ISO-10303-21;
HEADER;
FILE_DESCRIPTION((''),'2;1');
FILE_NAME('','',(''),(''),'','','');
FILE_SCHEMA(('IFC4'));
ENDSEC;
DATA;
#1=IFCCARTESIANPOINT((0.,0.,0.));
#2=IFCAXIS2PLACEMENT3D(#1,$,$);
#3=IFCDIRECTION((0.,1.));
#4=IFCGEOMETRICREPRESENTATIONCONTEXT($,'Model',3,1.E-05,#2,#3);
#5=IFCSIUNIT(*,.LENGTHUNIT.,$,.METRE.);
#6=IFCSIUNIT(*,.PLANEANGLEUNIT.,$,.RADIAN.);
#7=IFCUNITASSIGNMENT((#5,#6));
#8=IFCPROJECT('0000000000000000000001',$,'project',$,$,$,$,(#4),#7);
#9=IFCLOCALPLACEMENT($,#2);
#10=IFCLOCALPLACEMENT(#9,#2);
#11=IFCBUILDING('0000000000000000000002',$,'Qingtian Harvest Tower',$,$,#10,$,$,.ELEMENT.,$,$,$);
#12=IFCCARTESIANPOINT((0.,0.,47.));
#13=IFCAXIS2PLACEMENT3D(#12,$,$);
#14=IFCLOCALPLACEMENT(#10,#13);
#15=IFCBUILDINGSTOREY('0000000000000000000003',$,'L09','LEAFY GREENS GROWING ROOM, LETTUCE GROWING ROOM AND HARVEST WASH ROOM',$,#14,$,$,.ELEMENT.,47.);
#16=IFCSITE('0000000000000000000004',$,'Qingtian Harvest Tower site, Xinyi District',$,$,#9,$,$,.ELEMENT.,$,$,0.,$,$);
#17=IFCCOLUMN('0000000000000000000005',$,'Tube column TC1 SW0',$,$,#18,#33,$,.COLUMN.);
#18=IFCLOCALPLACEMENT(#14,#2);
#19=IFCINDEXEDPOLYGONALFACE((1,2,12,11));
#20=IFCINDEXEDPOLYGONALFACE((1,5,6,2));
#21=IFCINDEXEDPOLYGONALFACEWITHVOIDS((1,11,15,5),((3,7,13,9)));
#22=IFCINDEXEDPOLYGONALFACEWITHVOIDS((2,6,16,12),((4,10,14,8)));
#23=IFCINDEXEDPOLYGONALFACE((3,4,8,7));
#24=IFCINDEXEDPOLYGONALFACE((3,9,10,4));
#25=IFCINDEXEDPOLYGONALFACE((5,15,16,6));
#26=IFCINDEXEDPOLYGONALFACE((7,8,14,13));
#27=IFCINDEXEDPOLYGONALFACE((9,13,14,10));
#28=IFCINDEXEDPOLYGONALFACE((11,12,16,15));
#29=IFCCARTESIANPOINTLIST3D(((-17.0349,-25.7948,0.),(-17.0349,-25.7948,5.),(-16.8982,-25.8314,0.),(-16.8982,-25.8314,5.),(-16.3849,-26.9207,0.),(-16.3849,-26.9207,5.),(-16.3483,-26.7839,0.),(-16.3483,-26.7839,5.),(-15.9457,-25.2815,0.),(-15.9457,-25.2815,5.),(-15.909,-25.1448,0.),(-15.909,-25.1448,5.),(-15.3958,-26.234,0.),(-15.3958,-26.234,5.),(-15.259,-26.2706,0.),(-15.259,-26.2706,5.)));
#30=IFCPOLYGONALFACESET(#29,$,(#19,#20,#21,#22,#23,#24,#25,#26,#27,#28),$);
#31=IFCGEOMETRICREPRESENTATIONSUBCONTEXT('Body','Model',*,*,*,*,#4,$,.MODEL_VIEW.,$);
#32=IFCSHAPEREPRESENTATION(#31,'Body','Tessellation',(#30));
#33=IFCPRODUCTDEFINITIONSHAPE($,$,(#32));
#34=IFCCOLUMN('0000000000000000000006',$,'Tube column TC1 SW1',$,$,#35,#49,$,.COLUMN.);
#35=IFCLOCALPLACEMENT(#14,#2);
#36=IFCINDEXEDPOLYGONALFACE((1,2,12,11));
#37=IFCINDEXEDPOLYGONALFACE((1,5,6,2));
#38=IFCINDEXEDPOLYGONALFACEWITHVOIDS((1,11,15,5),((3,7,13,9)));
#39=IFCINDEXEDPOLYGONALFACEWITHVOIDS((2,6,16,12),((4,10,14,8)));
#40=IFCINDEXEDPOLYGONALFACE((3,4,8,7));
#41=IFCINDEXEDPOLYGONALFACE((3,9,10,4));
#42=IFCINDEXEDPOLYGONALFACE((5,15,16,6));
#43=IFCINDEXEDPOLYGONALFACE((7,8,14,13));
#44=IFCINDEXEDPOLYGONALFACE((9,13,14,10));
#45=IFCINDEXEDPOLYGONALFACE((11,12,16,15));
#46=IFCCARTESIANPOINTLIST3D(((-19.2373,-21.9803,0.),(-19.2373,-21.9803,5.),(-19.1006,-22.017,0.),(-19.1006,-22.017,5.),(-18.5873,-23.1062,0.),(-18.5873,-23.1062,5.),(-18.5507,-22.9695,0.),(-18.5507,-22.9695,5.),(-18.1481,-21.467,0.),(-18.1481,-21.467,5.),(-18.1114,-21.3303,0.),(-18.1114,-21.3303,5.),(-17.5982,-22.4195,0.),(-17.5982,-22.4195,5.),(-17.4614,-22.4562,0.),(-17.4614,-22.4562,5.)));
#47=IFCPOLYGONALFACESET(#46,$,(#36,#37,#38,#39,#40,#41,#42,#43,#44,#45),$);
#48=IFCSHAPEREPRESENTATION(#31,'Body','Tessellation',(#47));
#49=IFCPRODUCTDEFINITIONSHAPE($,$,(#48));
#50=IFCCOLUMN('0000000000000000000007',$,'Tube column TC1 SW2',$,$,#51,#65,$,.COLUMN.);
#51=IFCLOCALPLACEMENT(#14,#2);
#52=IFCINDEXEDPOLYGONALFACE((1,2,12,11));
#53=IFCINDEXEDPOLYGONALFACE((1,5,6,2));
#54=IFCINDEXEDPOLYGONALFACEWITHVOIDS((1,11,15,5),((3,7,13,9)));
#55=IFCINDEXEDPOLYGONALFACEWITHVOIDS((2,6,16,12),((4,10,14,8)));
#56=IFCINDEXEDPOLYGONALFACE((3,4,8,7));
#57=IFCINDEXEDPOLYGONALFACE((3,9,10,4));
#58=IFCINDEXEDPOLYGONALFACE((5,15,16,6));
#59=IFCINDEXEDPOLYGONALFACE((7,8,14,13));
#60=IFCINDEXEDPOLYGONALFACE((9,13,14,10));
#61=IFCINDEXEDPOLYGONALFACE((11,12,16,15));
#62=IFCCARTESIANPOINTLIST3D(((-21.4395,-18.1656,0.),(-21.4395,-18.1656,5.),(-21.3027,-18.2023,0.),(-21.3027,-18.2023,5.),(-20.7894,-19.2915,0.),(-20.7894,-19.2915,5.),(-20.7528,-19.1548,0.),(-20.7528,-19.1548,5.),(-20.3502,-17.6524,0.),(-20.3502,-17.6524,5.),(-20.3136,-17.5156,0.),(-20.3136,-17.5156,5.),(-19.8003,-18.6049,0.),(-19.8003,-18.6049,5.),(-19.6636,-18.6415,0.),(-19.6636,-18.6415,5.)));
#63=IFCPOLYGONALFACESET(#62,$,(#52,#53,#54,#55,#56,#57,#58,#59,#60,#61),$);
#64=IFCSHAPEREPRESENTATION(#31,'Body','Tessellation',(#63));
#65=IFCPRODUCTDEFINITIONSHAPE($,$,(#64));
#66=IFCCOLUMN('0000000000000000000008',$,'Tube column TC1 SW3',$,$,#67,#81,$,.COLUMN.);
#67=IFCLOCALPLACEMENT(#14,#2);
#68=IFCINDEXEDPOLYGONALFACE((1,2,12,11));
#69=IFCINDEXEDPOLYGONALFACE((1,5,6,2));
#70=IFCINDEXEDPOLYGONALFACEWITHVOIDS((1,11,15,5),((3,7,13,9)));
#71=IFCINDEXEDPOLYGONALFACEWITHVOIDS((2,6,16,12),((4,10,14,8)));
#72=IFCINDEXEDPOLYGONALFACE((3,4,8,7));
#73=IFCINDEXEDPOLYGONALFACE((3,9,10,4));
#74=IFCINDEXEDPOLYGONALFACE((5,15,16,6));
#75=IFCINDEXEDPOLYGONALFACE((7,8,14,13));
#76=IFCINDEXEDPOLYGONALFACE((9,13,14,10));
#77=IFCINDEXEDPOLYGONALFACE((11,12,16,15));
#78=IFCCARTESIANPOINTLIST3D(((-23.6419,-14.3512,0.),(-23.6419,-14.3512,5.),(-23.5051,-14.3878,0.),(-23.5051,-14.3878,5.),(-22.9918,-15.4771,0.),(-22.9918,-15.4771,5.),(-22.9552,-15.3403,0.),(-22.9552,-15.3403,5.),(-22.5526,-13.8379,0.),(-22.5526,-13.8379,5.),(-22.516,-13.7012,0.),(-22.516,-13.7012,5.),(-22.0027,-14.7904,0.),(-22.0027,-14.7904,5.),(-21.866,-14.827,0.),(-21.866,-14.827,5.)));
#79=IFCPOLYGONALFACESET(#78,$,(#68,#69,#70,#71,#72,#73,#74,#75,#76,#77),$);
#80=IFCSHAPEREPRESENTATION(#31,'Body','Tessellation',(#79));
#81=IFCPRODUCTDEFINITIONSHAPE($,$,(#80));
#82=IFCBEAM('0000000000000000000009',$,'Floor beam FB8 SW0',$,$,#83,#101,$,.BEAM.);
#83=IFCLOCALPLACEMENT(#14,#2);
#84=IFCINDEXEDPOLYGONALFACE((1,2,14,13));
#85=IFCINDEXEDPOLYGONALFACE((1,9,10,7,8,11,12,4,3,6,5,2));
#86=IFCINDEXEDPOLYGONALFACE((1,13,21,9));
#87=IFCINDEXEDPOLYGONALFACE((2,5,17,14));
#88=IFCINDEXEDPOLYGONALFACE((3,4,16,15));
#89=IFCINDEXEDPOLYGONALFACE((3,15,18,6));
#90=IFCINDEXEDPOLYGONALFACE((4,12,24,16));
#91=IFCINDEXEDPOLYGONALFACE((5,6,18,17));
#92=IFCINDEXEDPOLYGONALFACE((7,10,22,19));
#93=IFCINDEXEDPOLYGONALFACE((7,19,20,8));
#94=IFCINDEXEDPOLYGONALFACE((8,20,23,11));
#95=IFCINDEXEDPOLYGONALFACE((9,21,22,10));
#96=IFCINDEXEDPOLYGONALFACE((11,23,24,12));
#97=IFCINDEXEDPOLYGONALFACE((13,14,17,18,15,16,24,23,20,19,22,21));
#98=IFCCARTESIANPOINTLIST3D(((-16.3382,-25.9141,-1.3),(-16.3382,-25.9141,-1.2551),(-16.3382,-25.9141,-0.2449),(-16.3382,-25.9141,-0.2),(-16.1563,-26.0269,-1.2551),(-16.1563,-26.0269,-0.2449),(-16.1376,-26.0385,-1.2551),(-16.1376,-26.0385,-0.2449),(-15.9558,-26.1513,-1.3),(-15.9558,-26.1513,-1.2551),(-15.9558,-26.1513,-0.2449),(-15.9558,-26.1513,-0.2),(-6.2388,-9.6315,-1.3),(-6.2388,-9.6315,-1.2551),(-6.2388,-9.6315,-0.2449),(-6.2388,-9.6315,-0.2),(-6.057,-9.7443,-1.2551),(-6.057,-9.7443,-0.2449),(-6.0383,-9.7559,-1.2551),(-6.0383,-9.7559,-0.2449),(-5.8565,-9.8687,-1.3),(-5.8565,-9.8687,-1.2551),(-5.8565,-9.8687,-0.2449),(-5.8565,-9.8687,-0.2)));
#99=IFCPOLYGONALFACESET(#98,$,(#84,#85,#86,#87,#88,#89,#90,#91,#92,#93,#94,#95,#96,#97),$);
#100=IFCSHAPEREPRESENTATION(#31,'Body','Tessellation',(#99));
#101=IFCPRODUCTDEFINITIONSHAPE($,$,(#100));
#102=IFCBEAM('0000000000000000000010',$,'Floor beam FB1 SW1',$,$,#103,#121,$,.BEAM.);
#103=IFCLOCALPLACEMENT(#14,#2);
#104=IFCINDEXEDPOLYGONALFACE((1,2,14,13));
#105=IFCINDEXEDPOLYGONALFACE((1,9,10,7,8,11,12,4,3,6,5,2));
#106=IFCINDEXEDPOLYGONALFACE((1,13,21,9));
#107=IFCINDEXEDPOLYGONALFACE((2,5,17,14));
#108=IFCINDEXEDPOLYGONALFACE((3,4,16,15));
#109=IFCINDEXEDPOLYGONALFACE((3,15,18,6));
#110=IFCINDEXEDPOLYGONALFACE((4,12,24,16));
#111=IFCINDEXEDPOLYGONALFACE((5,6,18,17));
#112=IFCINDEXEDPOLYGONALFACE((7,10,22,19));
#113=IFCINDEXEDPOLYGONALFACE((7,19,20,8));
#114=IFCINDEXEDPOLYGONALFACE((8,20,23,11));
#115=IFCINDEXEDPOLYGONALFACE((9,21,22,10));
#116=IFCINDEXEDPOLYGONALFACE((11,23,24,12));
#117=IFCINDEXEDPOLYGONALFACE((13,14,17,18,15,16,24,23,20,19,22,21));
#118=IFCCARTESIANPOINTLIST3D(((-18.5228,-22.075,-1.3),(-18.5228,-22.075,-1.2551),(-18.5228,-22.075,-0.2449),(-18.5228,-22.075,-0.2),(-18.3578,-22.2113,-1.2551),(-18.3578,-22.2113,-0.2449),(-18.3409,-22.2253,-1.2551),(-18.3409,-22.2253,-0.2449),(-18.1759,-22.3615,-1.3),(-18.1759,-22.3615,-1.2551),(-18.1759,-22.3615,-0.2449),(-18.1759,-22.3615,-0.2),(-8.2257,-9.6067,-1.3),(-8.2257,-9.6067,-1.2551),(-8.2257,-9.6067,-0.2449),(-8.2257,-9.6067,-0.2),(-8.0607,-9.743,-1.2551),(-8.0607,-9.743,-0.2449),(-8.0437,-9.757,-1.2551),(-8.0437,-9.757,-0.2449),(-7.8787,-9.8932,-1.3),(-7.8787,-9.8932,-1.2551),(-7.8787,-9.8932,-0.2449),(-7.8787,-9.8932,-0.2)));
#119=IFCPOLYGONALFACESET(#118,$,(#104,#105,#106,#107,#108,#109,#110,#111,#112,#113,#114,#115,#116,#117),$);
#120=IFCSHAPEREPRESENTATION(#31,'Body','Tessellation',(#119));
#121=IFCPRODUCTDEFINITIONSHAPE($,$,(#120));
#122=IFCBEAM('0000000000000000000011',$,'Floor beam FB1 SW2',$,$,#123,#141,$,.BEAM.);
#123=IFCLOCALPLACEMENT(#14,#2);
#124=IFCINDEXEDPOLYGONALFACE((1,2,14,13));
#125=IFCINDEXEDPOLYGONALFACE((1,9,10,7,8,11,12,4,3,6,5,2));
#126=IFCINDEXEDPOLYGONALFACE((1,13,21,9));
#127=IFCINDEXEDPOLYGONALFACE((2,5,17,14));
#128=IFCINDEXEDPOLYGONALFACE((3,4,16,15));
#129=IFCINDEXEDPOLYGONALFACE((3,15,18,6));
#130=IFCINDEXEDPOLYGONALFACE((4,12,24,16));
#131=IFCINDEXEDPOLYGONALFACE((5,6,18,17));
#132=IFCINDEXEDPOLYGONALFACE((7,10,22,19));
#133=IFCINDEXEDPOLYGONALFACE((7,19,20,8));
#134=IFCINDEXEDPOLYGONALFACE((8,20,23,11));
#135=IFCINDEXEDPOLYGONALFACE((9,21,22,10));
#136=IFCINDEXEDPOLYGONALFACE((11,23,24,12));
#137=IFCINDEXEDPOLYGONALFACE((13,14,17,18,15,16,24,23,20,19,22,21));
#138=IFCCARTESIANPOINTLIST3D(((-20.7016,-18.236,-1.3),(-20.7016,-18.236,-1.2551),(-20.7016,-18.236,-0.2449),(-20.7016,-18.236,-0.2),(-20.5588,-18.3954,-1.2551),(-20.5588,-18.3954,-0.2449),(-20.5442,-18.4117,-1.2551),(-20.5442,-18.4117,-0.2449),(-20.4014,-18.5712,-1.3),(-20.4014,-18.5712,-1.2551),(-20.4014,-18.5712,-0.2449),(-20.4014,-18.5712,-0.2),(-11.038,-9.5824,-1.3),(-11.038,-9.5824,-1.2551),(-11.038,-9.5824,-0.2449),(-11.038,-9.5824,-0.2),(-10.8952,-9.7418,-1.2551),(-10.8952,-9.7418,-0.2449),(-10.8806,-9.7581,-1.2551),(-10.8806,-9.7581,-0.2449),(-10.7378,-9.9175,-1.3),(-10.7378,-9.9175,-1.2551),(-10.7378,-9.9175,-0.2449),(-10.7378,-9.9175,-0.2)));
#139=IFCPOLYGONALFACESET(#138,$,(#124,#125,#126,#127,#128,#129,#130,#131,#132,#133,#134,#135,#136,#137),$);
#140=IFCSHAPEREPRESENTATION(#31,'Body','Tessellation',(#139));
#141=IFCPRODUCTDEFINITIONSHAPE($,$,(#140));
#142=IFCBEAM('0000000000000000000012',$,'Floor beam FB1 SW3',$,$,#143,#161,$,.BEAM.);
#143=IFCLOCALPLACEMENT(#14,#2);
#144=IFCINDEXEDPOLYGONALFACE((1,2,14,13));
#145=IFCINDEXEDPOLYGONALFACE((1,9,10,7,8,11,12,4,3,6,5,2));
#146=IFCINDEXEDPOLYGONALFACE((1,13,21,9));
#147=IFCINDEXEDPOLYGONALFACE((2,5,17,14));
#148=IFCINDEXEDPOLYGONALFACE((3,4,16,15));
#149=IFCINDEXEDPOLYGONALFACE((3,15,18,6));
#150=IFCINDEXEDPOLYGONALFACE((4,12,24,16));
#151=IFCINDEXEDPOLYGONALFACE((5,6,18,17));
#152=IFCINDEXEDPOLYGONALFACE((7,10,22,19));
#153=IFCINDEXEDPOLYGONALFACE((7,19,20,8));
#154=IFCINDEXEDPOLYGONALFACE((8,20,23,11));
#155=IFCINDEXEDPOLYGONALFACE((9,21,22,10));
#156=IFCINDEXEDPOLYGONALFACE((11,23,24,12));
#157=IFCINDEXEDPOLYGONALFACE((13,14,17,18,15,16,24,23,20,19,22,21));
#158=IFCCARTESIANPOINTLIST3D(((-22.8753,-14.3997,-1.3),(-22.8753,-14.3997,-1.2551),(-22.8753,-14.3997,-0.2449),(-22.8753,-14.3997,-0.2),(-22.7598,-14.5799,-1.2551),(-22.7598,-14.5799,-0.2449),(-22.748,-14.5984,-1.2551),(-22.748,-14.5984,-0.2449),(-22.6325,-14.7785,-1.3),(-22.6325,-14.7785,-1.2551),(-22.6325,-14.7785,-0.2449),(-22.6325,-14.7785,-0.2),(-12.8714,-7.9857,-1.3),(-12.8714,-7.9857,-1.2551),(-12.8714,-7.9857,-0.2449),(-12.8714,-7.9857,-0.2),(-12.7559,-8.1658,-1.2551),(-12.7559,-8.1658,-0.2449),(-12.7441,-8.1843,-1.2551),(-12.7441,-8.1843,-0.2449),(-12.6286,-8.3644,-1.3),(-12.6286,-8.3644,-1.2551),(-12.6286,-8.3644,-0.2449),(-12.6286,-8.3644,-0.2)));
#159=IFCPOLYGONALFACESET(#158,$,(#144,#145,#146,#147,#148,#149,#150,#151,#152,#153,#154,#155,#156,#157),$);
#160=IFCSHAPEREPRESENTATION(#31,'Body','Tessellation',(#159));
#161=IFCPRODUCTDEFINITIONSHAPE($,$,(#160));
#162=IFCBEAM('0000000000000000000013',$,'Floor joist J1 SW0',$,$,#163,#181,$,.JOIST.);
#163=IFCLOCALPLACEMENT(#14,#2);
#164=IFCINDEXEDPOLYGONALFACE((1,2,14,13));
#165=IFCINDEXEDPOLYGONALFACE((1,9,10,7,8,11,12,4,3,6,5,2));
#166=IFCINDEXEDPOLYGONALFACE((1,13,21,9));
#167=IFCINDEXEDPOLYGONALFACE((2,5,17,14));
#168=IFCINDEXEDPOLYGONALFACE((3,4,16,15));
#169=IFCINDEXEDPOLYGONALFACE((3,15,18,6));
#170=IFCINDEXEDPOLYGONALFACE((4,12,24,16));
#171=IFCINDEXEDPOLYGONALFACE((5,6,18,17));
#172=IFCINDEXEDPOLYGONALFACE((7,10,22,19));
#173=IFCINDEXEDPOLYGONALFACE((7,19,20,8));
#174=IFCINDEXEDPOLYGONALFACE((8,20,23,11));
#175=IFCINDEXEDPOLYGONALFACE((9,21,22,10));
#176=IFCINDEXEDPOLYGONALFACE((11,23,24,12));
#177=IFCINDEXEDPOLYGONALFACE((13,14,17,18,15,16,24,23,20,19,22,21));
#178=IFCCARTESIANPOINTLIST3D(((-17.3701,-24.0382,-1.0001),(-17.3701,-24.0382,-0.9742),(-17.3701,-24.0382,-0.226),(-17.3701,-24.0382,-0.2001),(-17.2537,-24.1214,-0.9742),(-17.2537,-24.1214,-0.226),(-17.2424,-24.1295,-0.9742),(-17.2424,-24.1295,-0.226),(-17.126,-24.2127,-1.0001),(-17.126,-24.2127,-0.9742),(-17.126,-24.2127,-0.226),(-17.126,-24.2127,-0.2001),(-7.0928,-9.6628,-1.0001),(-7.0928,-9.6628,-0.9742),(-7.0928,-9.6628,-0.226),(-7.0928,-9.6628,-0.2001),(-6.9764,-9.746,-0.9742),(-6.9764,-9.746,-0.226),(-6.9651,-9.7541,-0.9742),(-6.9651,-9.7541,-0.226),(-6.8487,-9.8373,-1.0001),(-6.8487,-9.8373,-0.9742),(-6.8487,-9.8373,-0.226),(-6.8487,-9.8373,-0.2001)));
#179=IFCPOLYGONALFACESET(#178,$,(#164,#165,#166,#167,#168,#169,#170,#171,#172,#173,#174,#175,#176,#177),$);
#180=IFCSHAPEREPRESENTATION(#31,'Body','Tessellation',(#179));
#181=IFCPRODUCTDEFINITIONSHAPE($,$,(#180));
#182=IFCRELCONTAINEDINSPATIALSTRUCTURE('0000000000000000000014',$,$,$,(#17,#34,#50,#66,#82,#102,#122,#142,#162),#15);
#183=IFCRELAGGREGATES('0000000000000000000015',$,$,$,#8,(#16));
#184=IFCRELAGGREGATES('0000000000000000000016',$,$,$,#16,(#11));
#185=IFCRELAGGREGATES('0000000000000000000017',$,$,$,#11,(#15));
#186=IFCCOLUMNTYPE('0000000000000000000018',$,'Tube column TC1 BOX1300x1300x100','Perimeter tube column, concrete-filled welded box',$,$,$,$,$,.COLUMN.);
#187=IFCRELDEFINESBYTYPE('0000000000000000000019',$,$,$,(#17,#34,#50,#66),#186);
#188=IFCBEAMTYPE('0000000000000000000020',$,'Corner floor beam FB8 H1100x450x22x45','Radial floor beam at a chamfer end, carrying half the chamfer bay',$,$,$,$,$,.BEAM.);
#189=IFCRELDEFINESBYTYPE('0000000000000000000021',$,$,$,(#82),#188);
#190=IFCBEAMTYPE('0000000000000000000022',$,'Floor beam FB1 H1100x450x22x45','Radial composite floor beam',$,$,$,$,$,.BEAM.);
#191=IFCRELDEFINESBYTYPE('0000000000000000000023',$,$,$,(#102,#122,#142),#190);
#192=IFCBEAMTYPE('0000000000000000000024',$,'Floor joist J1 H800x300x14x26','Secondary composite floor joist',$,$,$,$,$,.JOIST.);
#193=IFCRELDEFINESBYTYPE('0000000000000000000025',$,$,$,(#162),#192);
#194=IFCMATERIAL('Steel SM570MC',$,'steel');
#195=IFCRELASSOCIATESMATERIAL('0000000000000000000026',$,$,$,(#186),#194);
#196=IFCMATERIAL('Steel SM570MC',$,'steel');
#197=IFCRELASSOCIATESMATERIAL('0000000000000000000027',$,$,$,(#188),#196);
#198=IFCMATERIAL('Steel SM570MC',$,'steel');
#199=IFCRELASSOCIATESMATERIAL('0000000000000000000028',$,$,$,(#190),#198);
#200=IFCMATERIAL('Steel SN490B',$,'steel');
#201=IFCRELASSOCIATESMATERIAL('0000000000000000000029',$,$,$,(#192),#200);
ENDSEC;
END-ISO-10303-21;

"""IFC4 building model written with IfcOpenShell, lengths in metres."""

from ifc_helpers import new_model, si_unit, direction, frame, origin, origin_2d, place, context, subcontext, project, spatial, hollow_rectangle, i_section, extrude, material, material_profile, profile_set, type_object, element, save


model = new_model("IFC4")

# Units and contexts
model_context = context("Model", 3, precision=1e-05, world=origin(), true_north=direction((0.0, 1.0)))
body_context = subcontext(model_context, "Body", "Model", "MODEL_VIEW")
ifc_project = project(units=[si_unit("LENGTHUNIT", "METRE"), si_unit("PLANEANGLEUNIT", "RADIAN")], contexts=[model_context])

# Site, building, storey
site_placement = place(None, origin())
site = spatial("IfcSite", under=ifc_project, at=site_placement, Name="Qingtian Harvest Tower site, Xinyi District", CompositionType="ELEMENT", RefElevation=0.0)
building_placement = place(site_placement, origin())
building = spatial("IfcBuilding", under=site, at=building_placement, Name="Qingtian Harvest Tower", CompositionType="ELEMENT")
storey_placement = place(building_placement, frame((0.0, 0.0, 47.0)))
storey = spatial("IfcBuildingStorey", under=building, at=storey_placement, Name="L09", Description="LEAFY GREENS GROWING ROOM, LETTUCE GROWING ROOM AND HARVEST WASH ROOM", CompositionType="ELEMENT", Elevation=47.0)

# Columns
ifc_material_1 = material(Name="Steel SM570MC", Category="steel")
ifc_material_profile_1 = material_profile(ifc_material_1, hollow_rectangle(XDim=1.3, YDim=1.3, WallThickness=0.1001, at=origin_2d()), Name="BOX1300x1300x100")
ifc_profile_set_1 = profile_set([ifc_material_profile_1], Name="Steel SM570MC")
column_type = type_object("IfcColumnType", Name="Tube column TC1 BOX1300x1300x100", Description="Perimeter tube column, concrete-filled welded box", PredefinedType="COLUMN", material=ifc_profile_set_1)
for number, where, z_axis, x_axis, name in (
    (1, (-16.147, -26.0327, 0.0), (0.0, 0.0, 1.0), (0.5, -0.866025, 0.0), "Tube column TC1 SW0"),
    (2, (-18.3494, -22.2183, 0.0), (0.0, 0.0, 1.0), (0.5, -0.866025, 0.0), "Tube column TC1 SW1"),
    (3, (-20.5515, -18.4036, 0.0), (0.0, 0.0, 1.0), (0.5, -0.866025, 0.0), "Tube column TC1 SW2"),
    (4, (-22.7539, -14.5891, 0.0), (0.0, 0.0, 1.0), (0.5, -0.866025, 0.0), "Tube column TC1 SW3"),
):
    element("IfcColumn", number, at=place(storey_placement, frame(where, z_axis=z_axis, x_axis=x_axis)), inside=storey, type_object=column_type, Name=name, PredefinedType="COLUMN", context=body_context, shape_type="SweptSolid", body=[
        extrude(hollow_rectangle(XDim=1.3, YDim=1.3, WallThickness=0.1001, at=origin_2d()), origin(), (0.0, 0.0, 1.0), 5.0),
    ])

# Beams
ifc_material_2 = material(Name="Steel SM570MC", Category="steel")
ifc_material_profile_2 = material_profile(ifc_material_2, i_section(OverallWidth=0.45, OverallDepth=1.1001, WebThickness=0.022, FlangeThickness=0.0449, at=origin_2d()), Name="H1100x450x22x45")
ifc_profile_set_2 = profile_set([ifc_material_profile_2], Name="Steel SM570MC")
beam_type_1 = type_object("IfcBeamType", Name="Corner floor beam FB8 H1100x450x22x45", Description="Radial floor beam at a chamfer end, carrying half the chamfer bay", PredefinedType="BEAM", material=ifc_profile_set_2)
beam_1_placement = place(storey_placement, frame((-16.147, -26.0327, -0.75), z_axis=(0.527094, 0.849807, 0.0), x_axis=(-0.849807, 0.527094, 0.0)))
element("IfcBeam", 5, at=beam_1_placement, inside=storey, type_object=beam_type_1, Name="Floor beam FB8 SW0", PredefinedType="BEAM", context=body_context, shape_type="SweptSolid", body=[
    extrude(i_section(OverallWidth=0.45, OverallDepth=1.1001, WebThickness=0.022, FlangeThickness=0.0449, at=origin_2d()), origin(), (0.0, 0.0, 1.0), 19.1604),
])
ifc_material_3 = material(Name="Steel SM570MC", Category="steel")
ifc_material_profile_3 = material_profile(ifc_material_3, i_section(OverallWidth=0.45, OverallDepth=1.1001, WebThickness=0.022, FlangeThickness=0.0449, at=origin_2d()), Name="H1100x450x22x45")
ifc_profile_set_3 = profile_set([ifc_material_profile_3], Name="Steel SM570MC")
beam_type_2 = type_object("IfcBeamType", Name="Floor beam FB1 H1100x450x22x45", Description="Radial composite floor beam", PredefinedType="BEAM", material=ifc_profile_set_3)
beam_2_placement = place(storey_placement, frame((-18.3494, -22.2183, -0.75), z_axis=(0.63678, 0.771045, 0.0), x_axis=(-0.771045, 0.63678, 0.0)))
element("IfcBeam", 6, at=beam_2_placement, inside=storey, type_object=beam_type_2, Name="Floor beam FB1 SW1", PredefinedType="BEAM", context=body_context, shape_type="SweptSolid", body=[
    extrude(i_section(OverallWidth=0.45, OverallDepth=1.1001, WebThickness=0.022, FlangeThickness=0.0449, at=origin_2d()), origin(), (0.0, 0.0, 1.0), 16.1707),
])
beam_3_placement = place(storey_placement, frame((-20.5515, -18.4036, -0.75), z_axis=(0.744965, 0.667103, 0.0), x_axis=(-0.667103, 0.744965, 0.0)))
element("IfcBeam", 7, at=beam_3_placement, inside=storey, type_object=beam_type_2, Name="Floor beam FB1 SW2", PredefinedType="BEAM", context=body_context, shape_type="SweptSolid", body=[
    extrude(i_section(OverallWidth=0.45, OverallDepth=1.1001, WebThickness=0.022, FlangeThickness=0.0449, at=origin_2d()), origin(), (0.0, 0.0, 1.0), 12.9719),
])
beam_4_placement = place(storey_placement, frame((-22.7539, -14.5891, -0.75), z_axis=(0.841829, 0.539744, 0.0), x_axis=(-0.539744, 0.841829, 0.0)))
element("IfcBeam", 8, at=beam_4_placement, inside=storey, type_object=beam_type_2, Name="Floor beam FB1 SW3", PredefinedType="BEAM", context=body_context, shape_type="SweptSolid", body=[
    extrude(i_section(OverallWidth=0.45, OverallDepth=1.1001, WebThickness=0.022, FlangeThickness=0.0449, at=origin_2d()), origin(), (0.0, 0.0, 1.0), 11.8835),
])
ifc_material_4 = material(Name="Steel SN490B", Category="steel")
ifc_material_profile_4 = material_profile(ifc_material_4, i_section(OverallWidth=0.3, OverallDepth=0.8, WebThickness=0.0139, FlangeThickness=0.0259, at=origin_2d()), Name="H800x300x14x26")
ifc_profile_set_4 = profile_set([ifc_material_profile_4], Name="Steel SN490B")
beam_type_3 = type_object("IfcBeamType", Name="Floor joist J1 H800x300x14x26", Description="Secondary composite floor joist", PredefinedType="JOIST", material=ifc_profile_set_4)
beam_5_placement = place(storey_placement, frame((-17.248, -24.1255, -0.6001), z_axis=(0.581581, 0.813489, 0.0), x_axis=(-0.813489, 0.581581, 0.0)))
element("IfcBeam", 9, at=beam_5_placement, inside=storey, type_object=beam_type_3, Name="Floor joist J1 SW0", PredefinedType="JOIST", context=body_context, shape_type="SweptSolid", body=[
    extrude(i_section(OverallWidth=0.3, OverallDepth=0.8, WebThickness=0.0139, FlangeThickness=0.0259, at=origin_2d()), origin(), (0.0, 0.0, 1.0), 17.6714),
])

save(model, "model.ifc")
